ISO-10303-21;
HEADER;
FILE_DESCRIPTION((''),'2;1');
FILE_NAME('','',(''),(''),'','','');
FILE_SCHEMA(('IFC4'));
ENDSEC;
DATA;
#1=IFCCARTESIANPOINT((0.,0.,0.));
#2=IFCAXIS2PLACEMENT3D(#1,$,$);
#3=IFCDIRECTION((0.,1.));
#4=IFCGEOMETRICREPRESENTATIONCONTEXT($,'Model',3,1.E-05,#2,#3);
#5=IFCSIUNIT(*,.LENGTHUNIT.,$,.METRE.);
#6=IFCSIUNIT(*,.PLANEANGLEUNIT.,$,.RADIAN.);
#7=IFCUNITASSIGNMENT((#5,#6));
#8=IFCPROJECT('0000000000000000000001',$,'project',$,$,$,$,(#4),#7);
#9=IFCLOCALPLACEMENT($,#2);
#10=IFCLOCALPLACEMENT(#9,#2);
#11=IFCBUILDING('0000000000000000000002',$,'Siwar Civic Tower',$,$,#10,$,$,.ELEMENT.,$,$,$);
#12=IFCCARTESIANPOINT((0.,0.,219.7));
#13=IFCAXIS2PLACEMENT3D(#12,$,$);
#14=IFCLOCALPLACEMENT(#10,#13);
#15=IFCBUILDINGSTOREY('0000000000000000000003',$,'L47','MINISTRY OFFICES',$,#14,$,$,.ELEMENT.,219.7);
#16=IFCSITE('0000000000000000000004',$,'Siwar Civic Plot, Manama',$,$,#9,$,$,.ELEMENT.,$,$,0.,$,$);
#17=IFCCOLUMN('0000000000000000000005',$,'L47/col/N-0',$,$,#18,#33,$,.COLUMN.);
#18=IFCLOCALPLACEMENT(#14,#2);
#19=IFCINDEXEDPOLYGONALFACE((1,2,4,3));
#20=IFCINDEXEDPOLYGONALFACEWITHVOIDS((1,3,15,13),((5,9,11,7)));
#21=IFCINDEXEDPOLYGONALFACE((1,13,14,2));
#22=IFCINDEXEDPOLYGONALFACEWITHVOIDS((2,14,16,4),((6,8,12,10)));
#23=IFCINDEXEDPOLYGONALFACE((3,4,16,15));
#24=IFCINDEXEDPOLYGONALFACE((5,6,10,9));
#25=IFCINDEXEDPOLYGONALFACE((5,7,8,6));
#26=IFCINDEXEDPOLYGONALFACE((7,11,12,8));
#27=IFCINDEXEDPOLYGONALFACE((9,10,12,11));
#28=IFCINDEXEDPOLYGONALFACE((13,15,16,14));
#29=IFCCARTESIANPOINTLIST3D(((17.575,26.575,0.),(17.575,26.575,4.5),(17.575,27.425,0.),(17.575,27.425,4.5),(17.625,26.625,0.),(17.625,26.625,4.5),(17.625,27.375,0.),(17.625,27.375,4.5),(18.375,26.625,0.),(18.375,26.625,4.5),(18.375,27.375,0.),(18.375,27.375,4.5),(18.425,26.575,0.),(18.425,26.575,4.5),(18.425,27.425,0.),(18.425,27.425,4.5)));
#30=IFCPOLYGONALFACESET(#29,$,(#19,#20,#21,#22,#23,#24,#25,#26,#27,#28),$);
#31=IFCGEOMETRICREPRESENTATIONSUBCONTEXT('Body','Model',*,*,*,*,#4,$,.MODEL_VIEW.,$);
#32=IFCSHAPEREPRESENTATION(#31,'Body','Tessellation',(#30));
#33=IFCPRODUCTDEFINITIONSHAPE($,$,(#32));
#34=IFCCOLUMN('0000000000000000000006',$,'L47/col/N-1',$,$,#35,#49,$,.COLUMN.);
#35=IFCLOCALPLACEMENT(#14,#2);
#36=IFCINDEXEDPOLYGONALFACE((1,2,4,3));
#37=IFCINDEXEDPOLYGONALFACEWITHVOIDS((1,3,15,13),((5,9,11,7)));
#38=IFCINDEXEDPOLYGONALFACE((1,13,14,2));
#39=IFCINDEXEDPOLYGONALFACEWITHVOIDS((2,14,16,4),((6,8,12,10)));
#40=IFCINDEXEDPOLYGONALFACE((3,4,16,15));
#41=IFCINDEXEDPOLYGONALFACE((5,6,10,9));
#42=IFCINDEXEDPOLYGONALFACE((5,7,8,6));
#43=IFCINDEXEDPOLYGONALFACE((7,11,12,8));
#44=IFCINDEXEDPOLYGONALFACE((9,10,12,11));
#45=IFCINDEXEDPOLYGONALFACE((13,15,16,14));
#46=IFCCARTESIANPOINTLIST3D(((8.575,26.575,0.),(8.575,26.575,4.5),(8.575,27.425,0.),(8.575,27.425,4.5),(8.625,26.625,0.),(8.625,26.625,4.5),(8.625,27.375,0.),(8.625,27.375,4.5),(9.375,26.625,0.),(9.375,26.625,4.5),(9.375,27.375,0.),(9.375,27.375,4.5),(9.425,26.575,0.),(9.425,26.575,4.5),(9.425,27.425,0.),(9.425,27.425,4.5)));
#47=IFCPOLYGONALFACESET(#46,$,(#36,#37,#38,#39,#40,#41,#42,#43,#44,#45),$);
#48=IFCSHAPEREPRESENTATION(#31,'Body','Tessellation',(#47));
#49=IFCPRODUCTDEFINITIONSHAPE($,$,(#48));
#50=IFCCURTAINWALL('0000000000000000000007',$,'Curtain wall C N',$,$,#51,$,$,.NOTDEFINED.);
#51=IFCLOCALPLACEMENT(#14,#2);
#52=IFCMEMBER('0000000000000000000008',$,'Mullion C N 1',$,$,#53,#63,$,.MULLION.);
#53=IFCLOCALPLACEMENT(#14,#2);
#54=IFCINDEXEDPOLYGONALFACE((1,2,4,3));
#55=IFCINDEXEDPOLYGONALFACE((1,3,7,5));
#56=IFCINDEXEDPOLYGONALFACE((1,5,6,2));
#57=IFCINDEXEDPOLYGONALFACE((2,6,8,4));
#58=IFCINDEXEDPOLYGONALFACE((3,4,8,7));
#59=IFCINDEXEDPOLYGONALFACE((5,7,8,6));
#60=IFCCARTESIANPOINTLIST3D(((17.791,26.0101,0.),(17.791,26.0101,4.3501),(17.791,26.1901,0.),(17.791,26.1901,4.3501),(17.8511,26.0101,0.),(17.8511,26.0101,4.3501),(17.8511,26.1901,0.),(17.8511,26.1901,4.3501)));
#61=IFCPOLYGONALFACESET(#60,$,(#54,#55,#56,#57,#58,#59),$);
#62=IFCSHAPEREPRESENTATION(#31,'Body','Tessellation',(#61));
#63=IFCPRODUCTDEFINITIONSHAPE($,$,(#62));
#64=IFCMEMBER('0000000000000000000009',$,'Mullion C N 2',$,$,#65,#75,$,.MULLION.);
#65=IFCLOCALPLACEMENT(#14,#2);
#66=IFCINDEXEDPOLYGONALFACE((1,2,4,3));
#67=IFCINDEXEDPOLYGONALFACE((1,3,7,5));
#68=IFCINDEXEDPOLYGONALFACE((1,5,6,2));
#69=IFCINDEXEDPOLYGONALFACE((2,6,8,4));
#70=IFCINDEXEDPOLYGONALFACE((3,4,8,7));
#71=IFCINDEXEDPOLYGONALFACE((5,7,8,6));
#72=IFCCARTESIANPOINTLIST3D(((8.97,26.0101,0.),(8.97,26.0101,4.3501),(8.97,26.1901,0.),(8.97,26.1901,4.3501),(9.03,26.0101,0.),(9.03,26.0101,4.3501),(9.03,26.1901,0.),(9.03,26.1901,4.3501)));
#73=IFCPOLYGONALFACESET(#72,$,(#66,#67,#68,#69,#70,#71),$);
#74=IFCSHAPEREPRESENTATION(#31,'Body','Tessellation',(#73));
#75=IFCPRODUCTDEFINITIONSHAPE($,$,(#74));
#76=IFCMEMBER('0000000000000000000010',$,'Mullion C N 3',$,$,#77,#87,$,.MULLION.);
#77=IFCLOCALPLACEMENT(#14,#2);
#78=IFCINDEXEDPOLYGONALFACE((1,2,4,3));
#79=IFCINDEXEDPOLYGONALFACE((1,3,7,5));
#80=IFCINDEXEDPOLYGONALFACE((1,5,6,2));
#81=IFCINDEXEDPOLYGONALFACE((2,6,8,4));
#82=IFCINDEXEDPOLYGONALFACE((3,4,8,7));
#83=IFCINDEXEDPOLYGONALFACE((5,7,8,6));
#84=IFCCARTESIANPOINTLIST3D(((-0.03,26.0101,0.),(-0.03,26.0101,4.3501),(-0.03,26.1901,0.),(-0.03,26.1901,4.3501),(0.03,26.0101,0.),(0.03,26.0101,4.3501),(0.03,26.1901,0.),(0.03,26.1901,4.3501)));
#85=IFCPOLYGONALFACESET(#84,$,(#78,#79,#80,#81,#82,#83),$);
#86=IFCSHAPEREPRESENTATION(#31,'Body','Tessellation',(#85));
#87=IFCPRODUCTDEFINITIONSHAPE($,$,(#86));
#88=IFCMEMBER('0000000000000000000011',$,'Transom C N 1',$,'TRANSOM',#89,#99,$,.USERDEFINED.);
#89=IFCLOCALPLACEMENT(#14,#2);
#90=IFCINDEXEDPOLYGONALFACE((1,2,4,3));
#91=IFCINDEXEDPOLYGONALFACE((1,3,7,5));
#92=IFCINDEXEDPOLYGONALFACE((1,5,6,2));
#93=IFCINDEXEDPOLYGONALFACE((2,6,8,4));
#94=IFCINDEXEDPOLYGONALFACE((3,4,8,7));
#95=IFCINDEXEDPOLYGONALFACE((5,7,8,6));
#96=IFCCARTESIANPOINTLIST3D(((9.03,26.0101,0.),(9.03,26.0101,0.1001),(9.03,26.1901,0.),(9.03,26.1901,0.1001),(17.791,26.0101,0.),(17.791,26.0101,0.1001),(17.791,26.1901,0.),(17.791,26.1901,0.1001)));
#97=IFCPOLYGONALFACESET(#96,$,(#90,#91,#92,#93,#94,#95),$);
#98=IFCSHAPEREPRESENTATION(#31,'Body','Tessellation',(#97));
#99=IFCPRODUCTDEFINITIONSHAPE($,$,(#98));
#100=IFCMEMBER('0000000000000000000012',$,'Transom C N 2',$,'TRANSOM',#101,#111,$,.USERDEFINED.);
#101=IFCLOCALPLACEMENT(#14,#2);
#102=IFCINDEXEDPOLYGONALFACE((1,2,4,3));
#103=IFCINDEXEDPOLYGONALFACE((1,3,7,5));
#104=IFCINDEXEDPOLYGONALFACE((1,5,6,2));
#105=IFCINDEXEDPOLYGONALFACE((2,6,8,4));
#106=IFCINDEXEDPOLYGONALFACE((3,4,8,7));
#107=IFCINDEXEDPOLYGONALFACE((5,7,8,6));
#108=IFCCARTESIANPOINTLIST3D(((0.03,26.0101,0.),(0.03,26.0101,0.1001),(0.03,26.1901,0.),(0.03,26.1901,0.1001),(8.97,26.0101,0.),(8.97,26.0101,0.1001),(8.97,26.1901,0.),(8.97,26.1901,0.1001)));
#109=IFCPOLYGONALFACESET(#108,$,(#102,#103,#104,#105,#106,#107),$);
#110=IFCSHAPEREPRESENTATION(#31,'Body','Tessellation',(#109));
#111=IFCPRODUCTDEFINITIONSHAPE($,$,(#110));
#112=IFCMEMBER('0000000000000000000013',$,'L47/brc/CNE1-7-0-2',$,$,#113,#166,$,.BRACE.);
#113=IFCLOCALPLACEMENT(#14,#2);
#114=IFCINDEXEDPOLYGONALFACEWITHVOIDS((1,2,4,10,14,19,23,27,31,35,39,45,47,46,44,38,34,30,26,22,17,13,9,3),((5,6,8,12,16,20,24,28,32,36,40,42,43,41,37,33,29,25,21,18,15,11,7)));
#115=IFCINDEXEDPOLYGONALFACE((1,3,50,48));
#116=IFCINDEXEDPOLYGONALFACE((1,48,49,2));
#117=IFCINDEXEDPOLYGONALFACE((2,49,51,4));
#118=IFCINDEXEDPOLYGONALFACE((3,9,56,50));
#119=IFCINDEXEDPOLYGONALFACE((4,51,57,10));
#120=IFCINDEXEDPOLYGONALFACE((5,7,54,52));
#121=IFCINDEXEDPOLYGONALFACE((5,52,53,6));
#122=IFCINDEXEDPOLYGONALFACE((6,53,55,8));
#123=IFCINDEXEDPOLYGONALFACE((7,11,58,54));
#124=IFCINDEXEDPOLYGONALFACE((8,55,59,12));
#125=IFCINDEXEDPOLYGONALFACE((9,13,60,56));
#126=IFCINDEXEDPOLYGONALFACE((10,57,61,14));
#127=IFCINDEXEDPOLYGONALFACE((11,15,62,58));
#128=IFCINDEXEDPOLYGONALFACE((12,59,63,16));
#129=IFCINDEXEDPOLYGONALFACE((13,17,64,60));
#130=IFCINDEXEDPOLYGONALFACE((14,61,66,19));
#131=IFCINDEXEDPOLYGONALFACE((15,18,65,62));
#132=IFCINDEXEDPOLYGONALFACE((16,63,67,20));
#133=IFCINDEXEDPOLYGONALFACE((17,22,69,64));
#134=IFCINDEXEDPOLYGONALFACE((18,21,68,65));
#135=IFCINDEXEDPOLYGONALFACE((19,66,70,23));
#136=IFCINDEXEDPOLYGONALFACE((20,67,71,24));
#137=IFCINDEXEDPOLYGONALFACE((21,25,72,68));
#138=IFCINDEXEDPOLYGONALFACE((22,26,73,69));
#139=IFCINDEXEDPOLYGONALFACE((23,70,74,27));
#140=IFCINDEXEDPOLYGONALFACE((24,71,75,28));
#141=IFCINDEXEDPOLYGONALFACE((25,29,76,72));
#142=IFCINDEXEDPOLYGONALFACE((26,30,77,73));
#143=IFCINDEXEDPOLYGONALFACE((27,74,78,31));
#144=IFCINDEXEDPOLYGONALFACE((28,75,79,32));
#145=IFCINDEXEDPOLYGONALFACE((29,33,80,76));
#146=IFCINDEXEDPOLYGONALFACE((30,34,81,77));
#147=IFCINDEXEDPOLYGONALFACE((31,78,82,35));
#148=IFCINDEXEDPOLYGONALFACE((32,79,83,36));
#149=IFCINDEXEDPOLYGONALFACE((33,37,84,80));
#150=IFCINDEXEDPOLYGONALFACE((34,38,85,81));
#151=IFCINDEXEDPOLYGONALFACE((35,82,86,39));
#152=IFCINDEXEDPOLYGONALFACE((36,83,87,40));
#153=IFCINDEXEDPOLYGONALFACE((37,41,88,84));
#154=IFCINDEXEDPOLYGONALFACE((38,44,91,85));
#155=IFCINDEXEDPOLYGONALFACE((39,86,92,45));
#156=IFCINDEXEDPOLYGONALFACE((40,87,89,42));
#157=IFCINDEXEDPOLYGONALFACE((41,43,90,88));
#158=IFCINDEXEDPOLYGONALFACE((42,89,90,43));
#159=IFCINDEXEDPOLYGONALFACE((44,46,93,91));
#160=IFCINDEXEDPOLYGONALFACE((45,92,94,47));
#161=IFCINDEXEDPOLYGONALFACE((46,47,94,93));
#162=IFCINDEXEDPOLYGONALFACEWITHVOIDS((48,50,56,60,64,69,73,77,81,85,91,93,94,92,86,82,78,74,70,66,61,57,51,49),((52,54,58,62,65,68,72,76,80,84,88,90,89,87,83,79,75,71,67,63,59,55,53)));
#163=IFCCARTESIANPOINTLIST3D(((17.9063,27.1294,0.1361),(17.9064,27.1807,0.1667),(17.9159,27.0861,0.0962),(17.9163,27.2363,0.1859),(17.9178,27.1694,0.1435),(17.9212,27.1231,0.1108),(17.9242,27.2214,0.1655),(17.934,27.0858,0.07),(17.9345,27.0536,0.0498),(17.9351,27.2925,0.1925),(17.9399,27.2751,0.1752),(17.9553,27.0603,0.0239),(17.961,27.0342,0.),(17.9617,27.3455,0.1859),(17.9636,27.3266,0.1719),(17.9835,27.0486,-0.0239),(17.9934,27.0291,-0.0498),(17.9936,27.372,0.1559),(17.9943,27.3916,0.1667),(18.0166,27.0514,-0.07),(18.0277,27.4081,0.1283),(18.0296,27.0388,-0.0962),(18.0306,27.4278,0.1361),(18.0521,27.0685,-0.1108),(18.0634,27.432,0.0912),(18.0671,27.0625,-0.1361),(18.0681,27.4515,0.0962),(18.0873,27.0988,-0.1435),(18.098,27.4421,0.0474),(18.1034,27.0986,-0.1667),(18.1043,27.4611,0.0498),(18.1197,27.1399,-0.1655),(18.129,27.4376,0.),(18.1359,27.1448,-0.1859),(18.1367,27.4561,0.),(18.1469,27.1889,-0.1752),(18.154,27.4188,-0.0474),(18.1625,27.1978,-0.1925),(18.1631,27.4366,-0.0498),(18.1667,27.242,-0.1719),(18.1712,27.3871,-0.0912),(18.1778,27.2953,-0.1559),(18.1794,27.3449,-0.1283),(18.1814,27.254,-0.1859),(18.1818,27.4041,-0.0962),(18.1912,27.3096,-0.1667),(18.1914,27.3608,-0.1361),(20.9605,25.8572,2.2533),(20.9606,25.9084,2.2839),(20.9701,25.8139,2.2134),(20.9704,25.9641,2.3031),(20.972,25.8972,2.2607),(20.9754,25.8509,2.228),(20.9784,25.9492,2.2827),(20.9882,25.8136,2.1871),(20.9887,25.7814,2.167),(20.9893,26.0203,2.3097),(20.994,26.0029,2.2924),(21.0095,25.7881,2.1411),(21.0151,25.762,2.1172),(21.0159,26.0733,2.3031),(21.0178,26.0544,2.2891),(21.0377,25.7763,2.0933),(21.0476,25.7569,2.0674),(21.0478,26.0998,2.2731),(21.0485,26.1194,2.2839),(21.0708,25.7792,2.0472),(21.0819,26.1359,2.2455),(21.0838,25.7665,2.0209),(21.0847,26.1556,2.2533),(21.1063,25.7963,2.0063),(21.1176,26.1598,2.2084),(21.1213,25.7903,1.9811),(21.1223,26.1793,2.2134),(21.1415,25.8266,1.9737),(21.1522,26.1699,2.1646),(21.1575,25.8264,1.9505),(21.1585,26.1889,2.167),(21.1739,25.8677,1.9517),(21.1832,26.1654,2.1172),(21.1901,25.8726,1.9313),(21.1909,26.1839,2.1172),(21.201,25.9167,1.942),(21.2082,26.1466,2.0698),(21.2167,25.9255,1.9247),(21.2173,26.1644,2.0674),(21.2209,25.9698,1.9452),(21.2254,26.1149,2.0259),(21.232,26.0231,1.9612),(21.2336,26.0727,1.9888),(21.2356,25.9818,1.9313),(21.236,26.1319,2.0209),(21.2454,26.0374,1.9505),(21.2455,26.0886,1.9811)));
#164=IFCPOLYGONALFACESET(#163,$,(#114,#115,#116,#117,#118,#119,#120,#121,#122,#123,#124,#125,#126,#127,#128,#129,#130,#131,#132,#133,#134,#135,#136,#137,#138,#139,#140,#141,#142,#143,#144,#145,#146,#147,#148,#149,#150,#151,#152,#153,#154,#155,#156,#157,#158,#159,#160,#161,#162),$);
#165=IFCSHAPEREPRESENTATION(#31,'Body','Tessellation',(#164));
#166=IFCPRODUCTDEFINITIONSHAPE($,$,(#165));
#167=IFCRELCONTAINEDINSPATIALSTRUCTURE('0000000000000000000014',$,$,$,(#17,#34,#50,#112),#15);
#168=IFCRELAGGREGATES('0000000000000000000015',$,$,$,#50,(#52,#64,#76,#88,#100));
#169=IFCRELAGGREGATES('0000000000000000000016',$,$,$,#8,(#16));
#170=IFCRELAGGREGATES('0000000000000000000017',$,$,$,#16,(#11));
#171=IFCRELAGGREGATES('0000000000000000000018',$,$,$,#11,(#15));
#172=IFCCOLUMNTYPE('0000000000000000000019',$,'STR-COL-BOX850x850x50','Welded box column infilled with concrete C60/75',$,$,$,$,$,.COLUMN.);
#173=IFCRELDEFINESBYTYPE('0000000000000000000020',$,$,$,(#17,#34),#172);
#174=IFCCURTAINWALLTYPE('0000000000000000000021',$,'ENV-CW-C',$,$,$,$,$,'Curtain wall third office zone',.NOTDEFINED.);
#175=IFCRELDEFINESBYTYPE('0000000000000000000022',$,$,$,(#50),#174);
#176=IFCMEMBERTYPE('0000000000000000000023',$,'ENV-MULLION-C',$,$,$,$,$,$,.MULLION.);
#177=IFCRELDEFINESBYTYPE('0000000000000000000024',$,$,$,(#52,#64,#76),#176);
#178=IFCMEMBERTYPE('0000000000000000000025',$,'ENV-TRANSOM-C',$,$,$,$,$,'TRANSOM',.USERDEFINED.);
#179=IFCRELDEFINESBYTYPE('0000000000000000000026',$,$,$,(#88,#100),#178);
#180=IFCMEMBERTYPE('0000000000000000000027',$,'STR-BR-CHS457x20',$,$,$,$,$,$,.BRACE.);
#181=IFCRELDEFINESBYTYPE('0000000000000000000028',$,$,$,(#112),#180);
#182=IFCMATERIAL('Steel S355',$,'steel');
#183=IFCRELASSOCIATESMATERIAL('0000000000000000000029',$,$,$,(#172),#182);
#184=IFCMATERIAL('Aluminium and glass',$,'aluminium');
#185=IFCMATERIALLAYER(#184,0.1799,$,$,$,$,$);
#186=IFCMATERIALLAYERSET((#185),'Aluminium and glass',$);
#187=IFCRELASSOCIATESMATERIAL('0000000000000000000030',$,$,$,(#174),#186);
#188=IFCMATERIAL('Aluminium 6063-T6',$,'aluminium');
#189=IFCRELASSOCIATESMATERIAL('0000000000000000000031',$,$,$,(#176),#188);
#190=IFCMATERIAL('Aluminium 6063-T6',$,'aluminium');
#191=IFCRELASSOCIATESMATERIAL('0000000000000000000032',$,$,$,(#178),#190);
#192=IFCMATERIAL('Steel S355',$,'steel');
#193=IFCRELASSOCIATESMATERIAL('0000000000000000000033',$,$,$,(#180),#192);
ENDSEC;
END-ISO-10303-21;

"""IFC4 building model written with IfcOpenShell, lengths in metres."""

from ifc_helpers import new_model, si_unit, direction, frame, origin, origin_2d, place, context, subcontext, project, spatial, rectangle, hollow_rectangle, hollow_circle, extrude, material, layer, layer_set, material_profile, profile_set, type_object, element, aggregate, save


model = new_model("IFC4")

# Units and contexts
model_context = context("Model", 3, precision=1e-05, world=origin(), true_north=direction((0.0, 1.0)))
body_context = subcontext(model_context, "Body", "Model", "MODEL_VIEW")
ifc_project = project(units=[si_unit("LENGTHUNIT", "METRE"), si_unit("PLANEANGLEUNIT", "RADIAN")], contexts=[model_context])

# Site, building, storey
site_placement = place(None, origin())
site = spatial("IfcSite", under=ifc_project, at=site_placement, Name="Siwar Civic Plot, Manama", CompositionType="ELEMENT", RefElevation=0.0)
building_placement = place(site_placement, origin())
building = spatial("IfcBuilding", under=site, at=building_placement, Name="Siwar Civic Tower", CompositionType="ELEMENT")
storey_placement = place(building_placement, frame((0.0, 0.0, 219.7)))
storey = spatial("IfcBuildingStorey", under=building, at=storey_placement, Name="L47", Description="MINISTRY OFFICES", CompositionType="ELEMENT", Elevation=219.7)

# Columns
ifc_material_1 = material(Name="Steel S355", Category="steel")
ifc_material_profile_1 = material_profile(ifc_material_1, hollow_rectangle(XDim=0.8501, YDim=0.8501, WallThickness=0.05, at=origin_2d()), Name="BOX850x850x50")
ifc_profile_set_1 = profile_set([ifc_material_profile_1], Name="Steel S355")
column_type = type_object("IfcColumnType", Name="STR-COL-BOX850x850x50", Description="Welded box column infilled with concrete C60/75", PredefinedType="COLUMN", material=ifc_profile_set_1)
for number, where, z_axis, x_axis, name in (
    (1, (18.0, 27.0, 0.0), (0.0, 0.0, 1.0), (1.0, 0.0, 0.0), "L47/col/N-0"),
    (2, (9.0, 27.0, 0.0), (0.0, 0.0, 1.0), (1.0, 0.0, 0.0), "L47/col/N-1"),
):
    element("IfcColumn", number, at=place(storey_placement, frame(where, z_axis=z_axis, x_axis=x_axis)), inside=storey, type_object=column_type, Name=name, PredefinedType="COLUMN", context=body_context, shape_type="SweptSolid", body=[
        extrude(hollow_rectangle(XDim=0.8501, YDim=0.8501, WallThickness=0.05, at=origin_2d()), origin(), (0.0, 0.0, 1.0), 4.5),
    ])

# Curtain wall, members
ifc_material_2 = material(Name="Aluminium and glass", Category="aluminium")
ifc_layer_1 = layer(ifc_material_2, 0.1799)
ifc_layer_set_1 = layer_set([ifc_layer_1], Name="Aluminium and glass")
curtain_wall_type = type_object("IfcCurtainWallType", Name="ENV-CW-C", ElementType="Curtain wall third office zone", PredefinedType="NOTDEFINED", material=ifc_layer_set_1)
curtain_wall_placement = place(storey_placement, origin())
curtain_wall = element("IfcCurtainWall", 3, at=curtain_wall_placement, inside=storey, type_object=curtain_wall_type, Name="Curtain wall C N", PredefinedType="NOTDEFINED")
ifc_material_3 = material(Name="Aluminium 6063-T6", Category="aluminium")
ifc_material_profile_2 = material_profile(ifc_material_3, rectangle(XDim=0.1799, YDim=0.0601, at=origin_2d()), Name="AL 180x60")
ifc_profile_set_2 = profile_set([ifc_material_profile_2], Name="Aluminium 6063-T6")
member_type_1 = type_object("IfcMemberType", Name="ENV-MULLION-C", PredefinedType="MULLION", material=ifc_profile_set_2)
member_1_placement = place(storey_placement, frame((17.821, 26.1001, 0.0), z_axis=(0.0, 0.0, 1.0), x_axis=(0.0, -1.0, 0.0)))
member_1 = element("IfcMember", 4, at=member_1_placement, type_object=member_type_1, Name="Mullion C N 1", PredefinedType="MULLION", context=body_context, shape_type="SweptSolid", body=[
    extrude(rectangle(XDim=0.1799, YDim=0.0601, at=origin_2d()), origin(), (0.0, 0.0, 1.0), 4.3501),
])
member_2_placement = place(storey_placement, frame((9.0, 26.1001, 0.0), z_axis=(0.0, 0.0, 1.0), x_axis=(0.0, -1.0, 0.0)))
member_2 = element("IfcMember", 5, at=member_2_placement, type_object=member_type_1, Name="Mullion C N 2", PredefinedType="MULLION", context=body_context, shape_type="SweptSolid", body=[
    extrude(rectangle(XDim=0.1799, YDim=0.0601, at=origin_2d()), origin(), (0.0, 0.0, 1.0), 4.3501),
])
member_3_placement = place(storey_placement, frame((0.0, 26.1001, 0.0), z_axis=(0.0, 0.0, 1.0), x_axis=(0.0, -1.0, 0.0)))
member_3 = element("IfcMember", 6, at=member_3_placement, type_object=member_type_1, Name="Mullion C N 3", PredefinedType="MULLION", context=body_context, shape_type="SweptSolid", body=[
    extrude(rectangle(XDim=0.1799, YDim=0.0601, at=origin_2d()), origin(), (0.0, 0.0, 1.0), 4.3501),
])
ifc_material_4 = material(Name="Aluminium 6063-T6", Category="aluminium")
ifc_material_profile_3 = material_profile(ifc_material_4, rectangle(XDim=0.1799, YDim=0.1001, at=origin_2d()), Name="AL 180x100")
ifc_profile_set_3 = profile_set([ifc_material_profile_3], Name="Aluminium 6063-T6")
member_type_2 = type_object("IfcMemberType", Name="ENV-TRANSOM-C", ElementType="TRANSOM", PredefinedType="USERDEFINED", material=ifc_profile_set_3)
member_4_placement = place(storey_placement, frame((17.791, 26.1001, 0.05), z_axis=(-1.0, 0.0, 0.0), x_axis=(0.0, -1.0, 0.0)))
member_4 = element("IfcMember", 7, at=member_4_placement, type_object=member_type_2, Name="Transom C N 1", ObjectType="TRANSOM", PredefinedType="USERDEFINED", context=body_context, shape_type="SweptSolid", body=[
    extrude(rectangle(XDim=0.1799, YDim=0.1001, at=origin_2d()), origin(), (0.0, 0.0, 1.0), 8.761),
])
member_5_placement = place(storey_placement, frame((8.97, 26.1001, 0.05), z_axis=(-1.0, 0.0, 0.0), x_axis=(0.0, -1.0, 0.0)))
member_5 = element("IfcMember", 8, at=member_5_placement, type_object=member_type_2, Name="Transom C N 2", ObjectType="TRANSOM", PredefinedType="USERDEFINED", context=body_context, shape_type="SweptSolid", body=[
    extrude(rectangle(XDim=0.1799, YDim=0.1001, at=origin_2d()), origin(), (0.0, 0.0, 1.0), 8.9399),
])

# Member
ifc_material_5 = material(Name="Steel S355", Category="steel")
ifc_material_profile_4 = material_profile(ifc_material_5, hollow_circle(Radius=0.2285, WallThickness=0.02, at=origin_2d()), Name="CHS457x20")
ifc_profile_set_4 = profile_set([ifc_material_profile_4], Name="Steel S355")
member_type_3 = type_object("IfcMemberType", Name="STR-BR-CHS457x20", PredefinedType="BRACE", material=ifc_profile_set_4)
member_6_placement = place(storey_placement, frame((18.0488, 27.2451, 0.0), z_axis=(0.777546, -0.323884, 0.538999), x_axis=(0.384521, 0.923116, 0.0)))
element("IfcMember", 9, at=member_6_placement, inside=storey, type_object=member_type_3, Name="L47/brc/CNE1-7-0-2", PredefinedType="BRACE", context=body_context, shape_type="SweptSolid", body=[
    extrude(hollow_circle(Radius=0.2285, WallThickness=0.02, at=origin_2d()), origin(), (0.0, 0.0, 1.0), 3.928),
])

aggregate(curtain_wall, [member_1, member_2, member_3, member_4, member_5])

save(model, "model.ifc")
